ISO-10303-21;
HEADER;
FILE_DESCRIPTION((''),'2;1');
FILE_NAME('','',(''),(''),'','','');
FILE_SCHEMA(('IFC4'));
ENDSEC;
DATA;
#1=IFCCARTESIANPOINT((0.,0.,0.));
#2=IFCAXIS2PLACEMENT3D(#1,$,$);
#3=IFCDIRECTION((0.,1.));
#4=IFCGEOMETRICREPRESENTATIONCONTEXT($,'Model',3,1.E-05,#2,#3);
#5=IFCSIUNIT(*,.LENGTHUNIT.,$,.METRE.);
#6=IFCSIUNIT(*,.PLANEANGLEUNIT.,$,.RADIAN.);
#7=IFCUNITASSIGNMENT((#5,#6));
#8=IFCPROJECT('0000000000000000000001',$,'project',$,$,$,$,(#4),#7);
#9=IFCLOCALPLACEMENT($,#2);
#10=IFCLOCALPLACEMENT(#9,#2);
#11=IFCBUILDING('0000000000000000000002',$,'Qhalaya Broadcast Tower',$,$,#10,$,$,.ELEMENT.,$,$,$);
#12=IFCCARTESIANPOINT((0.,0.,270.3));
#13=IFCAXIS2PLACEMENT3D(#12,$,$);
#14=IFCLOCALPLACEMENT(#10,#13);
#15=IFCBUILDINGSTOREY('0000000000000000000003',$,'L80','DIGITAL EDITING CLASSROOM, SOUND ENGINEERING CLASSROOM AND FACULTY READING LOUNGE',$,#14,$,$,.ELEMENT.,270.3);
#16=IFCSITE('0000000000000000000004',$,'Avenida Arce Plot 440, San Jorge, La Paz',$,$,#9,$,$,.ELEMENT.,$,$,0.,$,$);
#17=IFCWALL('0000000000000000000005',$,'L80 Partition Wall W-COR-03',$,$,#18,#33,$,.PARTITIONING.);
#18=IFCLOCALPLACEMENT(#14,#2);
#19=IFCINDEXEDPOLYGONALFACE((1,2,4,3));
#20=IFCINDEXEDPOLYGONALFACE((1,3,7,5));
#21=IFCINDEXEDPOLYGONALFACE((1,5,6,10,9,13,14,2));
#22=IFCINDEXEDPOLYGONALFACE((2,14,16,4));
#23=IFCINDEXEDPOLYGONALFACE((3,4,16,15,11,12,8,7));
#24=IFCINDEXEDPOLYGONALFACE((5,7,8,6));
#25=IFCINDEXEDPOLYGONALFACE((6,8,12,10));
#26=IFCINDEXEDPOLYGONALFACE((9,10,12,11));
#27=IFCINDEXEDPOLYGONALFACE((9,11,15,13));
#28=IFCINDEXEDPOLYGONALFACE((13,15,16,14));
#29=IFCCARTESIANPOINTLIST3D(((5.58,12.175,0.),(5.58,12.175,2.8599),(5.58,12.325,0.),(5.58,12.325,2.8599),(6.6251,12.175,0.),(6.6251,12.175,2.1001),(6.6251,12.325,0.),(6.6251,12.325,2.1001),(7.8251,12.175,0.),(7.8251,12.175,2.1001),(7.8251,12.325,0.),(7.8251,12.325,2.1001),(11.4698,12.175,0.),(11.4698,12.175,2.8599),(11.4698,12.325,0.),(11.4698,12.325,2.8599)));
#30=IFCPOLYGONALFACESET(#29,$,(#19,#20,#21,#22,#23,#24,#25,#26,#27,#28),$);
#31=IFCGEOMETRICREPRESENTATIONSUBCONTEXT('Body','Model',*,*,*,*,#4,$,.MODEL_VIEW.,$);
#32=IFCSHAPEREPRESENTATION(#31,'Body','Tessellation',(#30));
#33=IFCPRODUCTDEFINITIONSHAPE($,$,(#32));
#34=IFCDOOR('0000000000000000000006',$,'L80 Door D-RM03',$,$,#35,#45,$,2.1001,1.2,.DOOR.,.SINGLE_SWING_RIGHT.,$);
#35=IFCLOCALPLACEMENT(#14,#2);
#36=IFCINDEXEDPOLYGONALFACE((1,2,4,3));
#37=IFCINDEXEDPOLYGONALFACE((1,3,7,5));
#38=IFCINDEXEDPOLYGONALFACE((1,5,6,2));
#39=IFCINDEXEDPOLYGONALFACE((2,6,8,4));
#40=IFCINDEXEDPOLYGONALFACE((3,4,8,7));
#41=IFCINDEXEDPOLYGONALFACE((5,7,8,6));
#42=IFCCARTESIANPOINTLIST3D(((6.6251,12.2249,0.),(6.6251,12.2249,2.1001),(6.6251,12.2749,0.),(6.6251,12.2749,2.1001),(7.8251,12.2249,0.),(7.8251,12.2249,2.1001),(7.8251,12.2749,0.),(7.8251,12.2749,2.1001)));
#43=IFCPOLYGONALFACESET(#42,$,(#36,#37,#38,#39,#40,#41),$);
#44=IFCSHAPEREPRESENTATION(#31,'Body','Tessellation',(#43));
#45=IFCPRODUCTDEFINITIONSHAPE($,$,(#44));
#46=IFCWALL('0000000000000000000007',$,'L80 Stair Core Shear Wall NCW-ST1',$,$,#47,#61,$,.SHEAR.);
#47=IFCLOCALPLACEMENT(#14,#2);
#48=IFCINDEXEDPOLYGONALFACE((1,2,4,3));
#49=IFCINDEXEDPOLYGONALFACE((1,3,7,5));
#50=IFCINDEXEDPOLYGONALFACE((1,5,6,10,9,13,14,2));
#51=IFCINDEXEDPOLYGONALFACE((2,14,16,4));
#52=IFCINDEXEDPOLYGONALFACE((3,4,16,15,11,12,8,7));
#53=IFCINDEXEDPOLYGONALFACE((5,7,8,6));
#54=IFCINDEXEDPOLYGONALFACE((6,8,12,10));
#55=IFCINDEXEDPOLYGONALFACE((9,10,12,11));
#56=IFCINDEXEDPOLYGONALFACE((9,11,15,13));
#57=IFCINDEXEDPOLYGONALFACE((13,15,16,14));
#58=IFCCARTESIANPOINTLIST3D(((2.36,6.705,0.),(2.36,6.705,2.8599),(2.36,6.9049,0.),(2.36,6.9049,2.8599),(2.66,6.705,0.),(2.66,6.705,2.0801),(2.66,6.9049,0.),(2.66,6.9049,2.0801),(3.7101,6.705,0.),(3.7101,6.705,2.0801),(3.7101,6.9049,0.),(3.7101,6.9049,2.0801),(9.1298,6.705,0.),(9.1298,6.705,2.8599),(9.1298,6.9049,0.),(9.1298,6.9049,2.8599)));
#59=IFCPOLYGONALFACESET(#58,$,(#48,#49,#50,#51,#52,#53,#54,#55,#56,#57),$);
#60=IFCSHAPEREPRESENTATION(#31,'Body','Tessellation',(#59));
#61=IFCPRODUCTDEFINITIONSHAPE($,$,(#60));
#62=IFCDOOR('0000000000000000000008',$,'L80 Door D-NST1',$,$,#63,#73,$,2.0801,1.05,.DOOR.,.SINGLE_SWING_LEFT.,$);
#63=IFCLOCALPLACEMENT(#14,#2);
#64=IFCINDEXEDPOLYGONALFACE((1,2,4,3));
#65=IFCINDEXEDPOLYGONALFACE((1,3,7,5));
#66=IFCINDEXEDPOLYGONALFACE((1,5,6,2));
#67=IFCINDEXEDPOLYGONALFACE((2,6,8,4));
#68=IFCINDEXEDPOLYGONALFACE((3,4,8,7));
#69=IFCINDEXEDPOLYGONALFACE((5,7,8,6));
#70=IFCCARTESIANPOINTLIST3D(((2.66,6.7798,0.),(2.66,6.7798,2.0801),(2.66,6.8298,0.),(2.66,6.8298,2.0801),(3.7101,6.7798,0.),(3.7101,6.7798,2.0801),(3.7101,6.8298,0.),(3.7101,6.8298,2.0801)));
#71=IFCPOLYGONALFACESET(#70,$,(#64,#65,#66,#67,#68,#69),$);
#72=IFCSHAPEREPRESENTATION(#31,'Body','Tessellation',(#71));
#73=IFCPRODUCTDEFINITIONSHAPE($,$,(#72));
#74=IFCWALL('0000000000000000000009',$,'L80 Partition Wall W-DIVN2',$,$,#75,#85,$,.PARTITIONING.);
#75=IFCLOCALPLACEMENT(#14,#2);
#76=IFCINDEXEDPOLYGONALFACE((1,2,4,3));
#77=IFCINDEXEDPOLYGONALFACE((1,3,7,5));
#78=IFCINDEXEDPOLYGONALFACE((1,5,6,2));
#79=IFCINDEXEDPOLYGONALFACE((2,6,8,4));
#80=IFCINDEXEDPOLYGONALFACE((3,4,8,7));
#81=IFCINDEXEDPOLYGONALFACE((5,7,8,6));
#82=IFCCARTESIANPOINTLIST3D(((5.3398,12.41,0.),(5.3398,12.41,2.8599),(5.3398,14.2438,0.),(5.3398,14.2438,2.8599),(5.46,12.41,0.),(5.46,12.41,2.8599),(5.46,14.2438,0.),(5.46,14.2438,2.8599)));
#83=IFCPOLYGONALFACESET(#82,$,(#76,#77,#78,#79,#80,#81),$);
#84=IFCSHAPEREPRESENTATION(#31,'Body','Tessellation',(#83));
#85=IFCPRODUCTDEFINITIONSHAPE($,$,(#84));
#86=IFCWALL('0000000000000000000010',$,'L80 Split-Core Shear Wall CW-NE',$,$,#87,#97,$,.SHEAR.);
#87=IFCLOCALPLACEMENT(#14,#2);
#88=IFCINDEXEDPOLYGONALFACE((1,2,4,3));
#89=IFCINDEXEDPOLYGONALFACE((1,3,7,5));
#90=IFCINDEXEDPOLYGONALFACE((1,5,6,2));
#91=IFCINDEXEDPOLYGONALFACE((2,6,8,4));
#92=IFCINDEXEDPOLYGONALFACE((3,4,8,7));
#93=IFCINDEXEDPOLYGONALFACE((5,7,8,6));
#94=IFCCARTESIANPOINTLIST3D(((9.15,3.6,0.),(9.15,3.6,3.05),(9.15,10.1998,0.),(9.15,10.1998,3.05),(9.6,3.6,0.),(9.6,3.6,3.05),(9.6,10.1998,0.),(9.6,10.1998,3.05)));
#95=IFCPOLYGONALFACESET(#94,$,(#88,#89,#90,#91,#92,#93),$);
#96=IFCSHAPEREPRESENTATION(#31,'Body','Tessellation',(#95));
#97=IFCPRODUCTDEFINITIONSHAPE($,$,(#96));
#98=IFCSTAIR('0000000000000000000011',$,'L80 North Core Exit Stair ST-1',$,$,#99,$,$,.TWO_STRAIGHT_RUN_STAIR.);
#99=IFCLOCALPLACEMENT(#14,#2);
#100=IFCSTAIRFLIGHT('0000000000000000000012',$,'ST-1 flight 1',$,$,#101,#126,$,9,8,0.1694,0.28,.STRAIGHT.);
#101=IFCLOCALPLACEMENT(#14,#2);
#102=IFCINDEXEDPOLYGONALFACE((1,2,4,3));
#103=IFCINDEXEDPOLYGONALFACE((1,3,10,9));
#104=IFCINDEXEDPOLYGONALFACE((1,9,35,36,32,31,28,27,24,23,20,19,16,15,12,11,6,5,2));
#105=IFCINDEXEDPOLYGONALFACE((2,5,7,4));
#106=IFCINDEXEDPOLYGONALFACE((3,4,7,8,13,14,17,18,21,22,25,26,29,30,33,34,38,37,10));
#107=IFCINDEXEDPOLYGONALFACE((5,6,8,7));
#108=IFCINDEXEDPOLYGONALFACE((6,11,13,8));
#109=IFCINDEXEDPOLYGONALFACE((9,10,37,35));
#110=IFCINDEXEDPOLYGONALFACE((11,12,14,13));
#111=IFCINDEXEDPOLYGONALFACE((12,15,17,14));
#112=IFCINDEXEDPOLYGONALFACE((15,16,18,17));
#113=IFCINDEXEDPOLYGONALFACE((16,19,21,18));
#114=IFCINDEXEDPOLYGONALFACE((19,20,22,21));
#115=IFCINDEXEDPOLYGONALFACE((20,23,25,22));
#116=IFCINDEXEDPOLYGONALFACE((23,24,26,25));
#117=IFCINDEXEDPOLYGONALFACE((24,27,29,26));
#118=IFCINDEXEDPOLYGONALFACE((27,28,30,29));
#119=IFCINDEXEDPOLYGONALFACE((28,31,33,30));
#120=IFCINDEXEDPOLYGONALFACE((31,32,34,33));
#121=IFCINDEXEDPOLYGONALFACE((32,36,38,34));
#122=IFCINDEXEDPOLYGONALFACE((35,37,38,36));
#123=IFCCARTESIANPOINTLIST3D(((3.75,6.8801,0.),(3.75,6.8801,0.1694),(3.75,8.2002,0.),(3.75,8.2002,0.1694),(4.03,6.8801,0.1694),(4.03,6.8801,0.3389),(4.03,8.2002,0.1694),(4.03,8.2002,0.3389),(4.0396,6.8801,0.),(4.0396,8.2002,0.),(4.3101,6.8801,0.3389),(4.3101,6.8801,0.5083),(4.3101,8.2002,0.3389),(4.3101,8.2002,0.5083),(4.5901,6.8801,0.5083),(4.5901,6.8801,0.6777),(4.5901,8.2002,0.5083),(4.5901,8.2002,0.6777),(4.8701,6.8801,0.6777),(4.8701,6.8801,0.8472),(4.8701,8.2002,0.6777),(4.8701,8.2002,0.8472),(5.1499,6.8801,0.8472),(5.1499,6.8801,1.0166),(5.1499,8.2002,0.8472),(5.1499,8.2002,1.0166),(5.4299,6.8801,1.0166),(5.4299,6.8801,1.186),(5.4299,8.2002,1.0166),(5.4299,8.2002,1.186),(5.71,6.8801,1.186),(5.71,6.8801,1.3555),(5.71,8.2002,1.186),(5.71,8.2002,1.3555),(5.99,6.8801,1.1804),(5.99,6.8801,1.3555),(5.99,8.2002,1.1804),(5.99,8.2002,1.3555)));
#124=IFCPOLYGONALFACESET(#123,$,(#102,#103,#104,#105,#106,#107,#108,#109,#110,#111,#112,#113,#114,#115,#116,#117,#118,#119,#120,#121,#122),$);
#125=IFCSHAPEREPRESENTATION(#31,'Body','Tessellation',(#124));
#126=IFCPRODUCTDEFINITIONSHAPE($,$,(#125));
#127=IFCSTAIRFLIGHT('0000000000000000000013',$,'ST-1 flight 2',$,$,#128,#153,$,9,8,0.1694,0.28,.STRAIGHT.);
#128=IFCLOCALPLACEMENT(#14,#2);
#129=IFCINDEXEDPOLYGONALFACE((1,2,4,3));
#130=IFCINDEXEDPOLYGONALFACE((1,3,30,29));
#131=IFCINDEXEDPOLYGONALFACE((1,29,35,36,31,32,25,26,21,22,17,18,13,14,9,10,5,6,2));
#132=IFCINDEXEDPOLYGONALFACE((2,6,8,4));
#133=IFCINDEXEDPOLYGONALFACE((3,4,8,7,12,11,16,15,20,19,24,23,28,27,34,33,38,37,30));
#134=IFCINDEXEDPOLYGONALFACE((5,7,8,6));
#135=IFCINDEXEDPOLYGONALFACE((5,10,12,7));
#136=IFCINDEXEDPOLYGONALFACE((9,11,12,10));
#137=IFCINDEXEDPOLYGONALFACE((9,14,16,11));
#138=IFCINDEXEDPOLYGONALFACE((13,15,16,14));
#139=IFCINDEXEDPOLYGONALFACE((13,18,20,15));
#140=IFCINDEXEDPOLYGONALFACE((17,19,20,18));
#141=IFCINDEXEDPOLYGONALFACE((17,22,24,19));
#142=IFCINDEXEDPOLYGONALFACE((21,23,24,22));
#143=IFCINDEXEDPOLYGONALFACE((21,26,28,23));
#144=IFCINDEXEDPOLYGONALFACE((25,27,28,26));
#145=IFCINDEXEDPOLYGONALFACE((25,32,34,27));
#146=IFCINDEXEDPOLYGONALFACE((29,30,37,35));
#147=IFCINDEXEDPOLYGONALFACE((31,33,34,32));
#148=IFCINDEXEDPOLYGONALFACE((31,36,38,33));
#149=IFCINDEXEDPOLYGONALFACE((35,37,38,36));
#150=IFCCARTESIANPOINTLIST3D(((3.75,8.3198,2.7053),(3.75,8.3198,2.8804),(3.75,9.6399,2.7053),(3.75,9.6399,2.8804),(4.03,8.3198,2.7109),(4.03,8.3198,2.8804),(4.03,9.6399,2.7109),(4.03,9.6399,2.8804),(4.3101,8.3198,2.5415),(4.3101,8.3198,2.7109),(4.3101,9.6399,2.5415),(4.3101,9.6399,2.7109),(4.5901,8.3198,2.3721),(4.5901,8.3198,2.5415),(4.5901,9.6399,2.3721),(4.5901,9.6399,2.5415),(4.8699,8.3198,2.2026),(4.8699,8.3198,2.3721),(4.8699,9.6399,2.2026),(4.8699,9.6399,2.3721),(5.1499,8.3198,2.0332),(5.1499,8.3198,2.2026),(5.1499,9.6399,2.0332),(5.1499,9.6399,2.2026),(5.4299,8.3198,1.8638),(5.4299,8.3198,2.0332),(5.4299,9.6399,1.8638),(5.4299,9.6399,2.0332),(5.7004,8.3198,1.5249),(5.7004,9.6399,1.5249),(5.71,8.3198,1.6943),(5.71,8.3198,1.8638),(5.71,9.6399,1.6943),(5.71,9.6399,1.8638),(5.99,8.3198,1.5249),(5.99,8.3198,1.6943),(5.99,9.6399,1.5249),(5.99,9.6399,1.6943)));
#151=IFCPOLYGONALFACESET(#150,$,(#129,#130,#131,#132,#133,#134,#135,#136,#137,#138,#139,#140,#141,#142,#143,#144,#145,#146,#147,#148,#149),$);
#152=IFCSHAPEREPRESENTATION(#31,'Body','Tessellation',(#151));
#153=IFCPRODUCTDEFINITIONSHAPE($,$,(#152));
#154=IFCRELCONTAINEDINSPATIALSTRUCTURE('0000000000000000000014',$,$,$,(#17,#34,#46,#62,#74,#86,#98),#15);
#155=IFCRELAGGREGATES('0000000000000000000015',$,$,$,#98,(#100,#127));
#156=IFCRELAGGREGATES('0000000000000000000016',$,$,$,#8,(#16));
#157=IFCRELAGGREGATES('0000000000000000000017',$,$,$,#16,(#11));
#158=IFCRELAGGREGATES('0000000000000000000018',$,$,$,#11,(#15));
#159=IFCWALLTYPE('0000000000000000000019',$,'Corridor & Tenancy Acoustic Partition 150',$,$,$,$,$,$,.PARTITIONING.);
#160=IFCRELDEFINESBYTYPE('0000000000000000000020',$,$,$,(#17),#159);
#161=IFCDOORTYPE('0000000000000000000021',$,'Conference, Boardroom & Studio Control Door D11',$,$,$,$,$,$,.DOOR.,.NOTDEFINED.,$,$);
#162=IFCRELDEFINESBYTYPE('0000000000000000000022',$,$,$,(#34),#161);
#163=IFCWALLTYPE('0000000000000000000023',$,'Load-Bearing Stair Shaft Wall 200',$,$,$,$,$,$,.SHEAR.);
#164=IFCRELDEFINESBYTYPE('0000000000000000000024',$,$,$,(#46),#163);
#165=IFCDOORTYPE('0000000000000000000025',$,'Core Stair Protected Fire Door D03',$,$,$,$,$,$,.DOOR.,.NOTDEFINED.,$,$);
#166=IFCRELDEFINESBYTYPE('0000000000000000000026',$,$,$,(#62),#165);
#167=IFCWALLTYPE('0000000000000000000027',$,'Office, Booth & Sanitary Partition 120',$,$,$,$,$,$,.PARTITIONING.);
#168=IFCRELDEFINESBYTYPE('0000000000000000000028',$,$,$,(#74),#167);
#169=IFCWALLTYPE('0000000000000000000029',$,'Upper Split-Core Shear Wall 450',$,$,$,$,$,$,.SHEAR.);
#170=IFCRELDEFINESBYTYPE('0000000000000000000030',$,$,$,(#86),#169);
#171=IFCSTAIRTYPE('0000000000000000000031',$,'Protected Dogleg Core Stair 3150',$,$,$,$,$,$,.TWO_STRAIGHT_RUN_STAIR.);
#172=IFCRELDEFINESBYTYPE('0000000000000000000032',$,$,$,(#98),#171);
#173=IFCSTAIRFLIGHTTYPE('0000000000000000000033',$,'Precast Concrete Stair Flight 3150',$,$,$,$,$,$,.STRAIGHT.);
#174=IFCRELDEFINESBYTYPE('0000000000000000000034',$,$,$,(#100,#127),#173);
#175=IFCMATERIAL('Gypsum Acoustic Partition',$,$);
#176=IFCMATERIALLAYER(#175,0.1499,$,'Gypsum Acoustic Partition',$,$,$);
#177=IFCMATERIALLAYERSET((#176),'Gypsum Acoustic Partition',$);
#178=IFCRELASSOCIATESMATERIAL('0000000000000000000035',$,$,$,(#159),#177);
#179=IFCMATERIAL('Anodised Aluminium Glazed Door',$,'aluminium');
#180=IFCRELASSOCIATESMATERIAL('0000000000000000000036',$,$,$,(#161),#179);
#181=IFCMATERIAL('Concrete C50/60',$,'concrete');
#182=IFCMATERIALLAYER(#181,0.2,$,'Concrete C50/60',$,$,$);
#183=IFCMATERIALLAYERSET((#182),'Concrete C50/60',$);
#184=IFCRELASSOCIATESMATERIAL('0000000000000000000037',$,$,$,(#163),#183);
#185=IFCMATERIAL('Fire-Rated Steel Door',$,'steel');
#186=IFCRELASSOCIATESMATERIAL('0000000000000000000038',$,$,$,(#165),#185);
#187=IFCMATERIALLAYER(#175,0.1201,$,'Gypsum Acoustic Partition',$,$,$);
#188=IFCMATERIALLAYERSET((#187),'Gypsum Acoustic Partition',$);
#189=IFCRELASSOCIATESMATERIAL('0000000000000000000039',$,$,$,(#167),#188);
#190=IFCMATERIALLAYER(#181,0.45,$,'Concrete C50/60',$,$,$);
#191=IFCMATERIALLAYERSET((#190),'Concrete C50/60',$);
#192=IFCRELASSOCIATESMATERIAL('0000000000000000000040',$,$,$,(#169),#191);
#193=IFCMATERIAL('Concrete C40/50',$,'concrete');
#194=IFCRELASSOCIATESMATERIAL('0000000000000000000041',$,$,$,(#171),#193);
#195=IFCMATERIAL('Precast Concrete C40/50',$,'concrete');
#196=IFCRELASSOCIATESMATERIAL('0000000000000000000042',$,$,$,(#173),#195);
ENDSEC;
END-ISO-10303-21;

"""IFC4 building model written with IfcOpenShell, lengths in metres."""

from ifc_helpers import new_model, si_unit, direction, frame, frame_2d, origin, place, context, subcontext, project, spatial, polyline, rectangle, outline, extrude, material, layer, layer_set, type_object, element, fill, aggregate, save


model = new_model("IFC4")

# Units and contexts
model_context = context("Model", 3, precision=1e-05, world=origin(), true_north=direction((0.0, 1.0)))
body_context = subcontext(model_context, "Body", "Model", "MODEL_VIEW")
ifc_project = project(units=[si_unit("LENGTHUNIT", "METRE"), si_unit("PLANEANGLEUNIT", "RADIAN")], contexts=[model_context])

# Site, building, storey
site_placement = place(None, origin())
site = spatial("IfcSite", under=ifc_project, at=site_placement, Name="Avenida Arce Plot 440, San Jorge, La Paz", CompositionType="ELEMENT", RefElevation=0.0)
building_placement = place(site_placement, origin())
building = spatial("IfcBuilding", under=site, at=building_placement, Name="Qhalaya Broadcast Tower", CompositionType="ELEMENT")
storey_placement = place(building_placement, frame((0.0, 0.0, 270.3)))
storey = spatial("IfcBuildingStorey", under=building, at=storey_placement, Name="L80", Description="DIGITAL EDITING CLASSROOM, SOUND ENGINEERING CLASSROOM AND FACULTY READING LOUNGE", CompositionType="ELEMENT", Elevation=270.3)

# Shared definitions
ifc_material_1 = material(Name="Concrete C50/60", Category="concrete")

# Walls, openings, doors
ifc_material_2 = material(Name="Gypsum Acoustic Partition")
ifc_layer_1 = layer(ifc_material_2, 0.1499, Name="Gypsum Acoustic Partition")
ifc_layer_set_1 = layer_set([ifc_layer_1], Name="Gypsum Acoustic Partition")
wall_type_1 = type_object("IfcWallType", Name="Corridor & Tenancy Acoustic Partition 150", PredefinedType="PARTITIONING", material=ifc_layer_set_1)
wall_1_placement = place(storey_placement, frame((5.5801, 12.25, 0.0), z_axis=(0.0, 0.0, 1.0), x_axis=(1.0, 0.0, 0.0)))
wall_1 = element("IfcWall", 1, at=wall_1_placement, inside=storey, type_object=wall_type_1, Name="L80 Partition Wall W-COR-03", PredefinedType="PARTITIONING", context=body_context, shape_type="SweptSolid", body=[
    extrude(rectangle(XDim=5.8899, YDim=0.1499, at=frame_2d((2.9448, 0.0))), origin(), (0.0, 0.0, 1.0), 2.8599),
])
opening_1_placement = place(wall_1_placement, frame((1.0449, 0.0, 0.0)))
opening_1 = element("IfcOpeningElement", 2, at=opening_1_placement, cuts=wall_1, PredefinedType="OPENING", context=body_context, shape_type="SweptSolid", body=[
    extrude(rectangle(XDim=1.2, YDim=2.1001, at=frame_2d((0.6001, 1.05))), frame((0.0, 0.0869, 0.0), z_axis=(0.0, -1.0, 0.0), x_axis=(1.0, 0.0, 0.0)), (0.0, 0.0, 1.0), 0.1738),
])
ifc_material_3 = material(Name="Anodised Aluminium Glazed Door", Category="aluminium")
door_type_1 = type_object("IfcDoorType", Name="Conference, Boardroom & Studio Control Door D11", OperationType="NOTDEFINED", PredefinedType="DOOR", material=ifc_material_3)
door_1_placement = place(opening_1_placement, origin())
door_1 = element("IfcDoor", 3, at=door_1_placement, inside=storey, type_object=door_type_1, Name="L80 Door D-RM03", OperationType="SINGLE_SWING_RIGHT", OverallHeight=2.1001, OverallWidth=1.2, PredefinedType="DOOR", context=body_context, shape_type="SweptSolid", body=[
    extrude(rectangle(XDim=1.2, YDim=2.1001, at=frame_2d((0.6001, 1.05))), frame((0.0, 0.0249, 0.0), z_axis=(0.0, -1.0, 0.0), x_axis=(1.0, 0.0, 0.0)), (0.0, 0.0, 1.0), 0.05),
])
fill(opening_1, door_1)
ifc_layer_2 = layer(ifc_material_1, 0.2, Name="Concrete C50/60")
ifc_layer_set_2 = layer_set([ifc_layer_2], Name="Concrete C50/60")
wall_type_2 = type_object("IfcWallType", Name="Load-Bearing Stair Shaft Wall 200", PredefinedType="SHEAR", material=ifc_layer_set_2)
wall_2_placement = place(storey_placement, frame((2.3601, 6.8049, 0.0), z_axis=(0.0, 0.0, 1.0), x_axis=(1.0, 0.0, 0.0)))
wall_2 = element("IfcWall", 4, at=wall_2_placement, inside=storey, type_object=wall_type_2, Name="L80 Stair Core Shear Wall NCW-ST1", PredefinedType="SHEAR", context=body_context, shape_type="SweptSolid", body=[
    extrude(rectangle(XDim=6.7698, YDim=0.2, at=frame_2d((3.3848, 0.0))), origin(), (0.0, 0.0, 1.0), 2.8599),
])
opening_2_placement = place(wall_2_placement, frame((0.3, 0.0, 0.0)))
opening_2 = element("IfcOpeningElement", 5, at=opening_2_placement, cuts=wall_2, PredefinedType="OPENING", context=body_context, shape_type="SweptSolid", body=[
    extrude(rectangle(XDim=1.05, YDim=2.0801, at=frame_2d((0.5249, 1.04))), frame((0.0, 0.1121, 0.0), z_axis=(0.0, -1.0, 0.0), x_axis=(1.0, 0.0, 0.0)), (0.0, 0.0, 1.0), 0.2239),
])
ifc_material_4 = material(Name="Fire-Rated Steel Door", Category="steel")
door_type_2 = type_object("IfcDoorType", Name="Core Stair Protected Fire Door D03", OperationType="NOTDEFINED", PredefinedType="DOOR", material=ifc_material_4)
door_2_placement = place(opening_2_placement, origin())
door_2 = element("IfcDoor", 6, at=door_2_placement, inside=storey, type_object=door_type_2, Name="L80 Door D-NST1", OperationType="SINGLE_SWING_LEFT", OverallHeight=2.0801, OverallWidth=1.05, PredefinedType="DOOR", context=body_context, shape_type="SweptSolid", body=[
    extrude(rectangle(XDim=1.05, YDim=2.0801, at=frame_2d((0.5249, 1.04))), frame((0.0, 0.0249, 0.0), z_axis=(0.0, -1.0, 0.0), x_axis=(1.0, 0.0, 0.0)), (0.0, 0.0, 1.0), 0.05),
])
fill(opening_2, door_2)

# Walls
ifc_layer_3 = layer(ifc_material_2, 0.1201, Name="Gypsum Acoustic Partition")
ifc_layer_set_3 = layer_set([ifc_layer_3], Name="Gypsum Acoustic Partition")
wall_type_3 = type_object("IfcWallType", Name="Office, Booth & Sanitary Partition 120", PredefinedType="PARTITIONING", material=ifc_layer_set_3)
wall_3_placement = place(storey_placement, frame((5.3999, 12.4099, 0.0), z_axis=(0.0, 0.0, 1.0), x_axis=(0.0, 1.0, 0.0)))
element("IfcWall", 7, at=wall_3_placement, inside=storey, type_object=wall_type_3, Name="L80 Partition Wall W-DIVN2", PredefinedType="PARTITIONING", context=body_context, shape_type="SweptSolid", body=[
    extrude(rectangle(XDim=1.8337, YDim=0.1201, at=frame_2d((0.917, 0.0))), origin(), (0.0, 0.0, 1.0), 2.8599),
])
ifc_layer_4 = layer(ifc_material_1, 0.45, Name="Concrete C50/60")
ifc_layer_set_4 = layer_set([ifc_layer_4], Name="Concrete C50/60")
wall_type_4 = type_object("IfcWallType", Name="Upper Split-Core Shear Wall 450", PredefinedType="SHEAR", material=ifc_layer_set_4)
wall_4_placement = place(storey_placement, frame((9.375, 3.6001, 0.0), z_axis=(0.0, 0.0, 1.0), x_axis=(0.0, 1.0, 0.0)))
element("IfcWall", 8, at=wall_4_placement, inside=storey, type_object=wall_type_4, Name="L80 Split-Core Shear Wall CW-NE", PredefinedType="SHEAR", context=body_context, shape_type="SweptSolid", body=[
    extrude(rectangle(XDim=6.5999, YDim=0.45, at=frame_2d((3.2998, 0.0))), origin(), (0.0, 0.0, 1.0), 3.05),
])

# Stair, stair flights
ifc_material_5 = material(Name="Concrete C40/50", Category="concrete")
stair_type = type_object("IfcStairType", Name="Protected Dogleg Core Stair 3150", PredefinedType="TWO_STRAIGHT_RUN_STAIR", material=ifc_material_5)
stair_placement = place(storey_placement, origin())
stair = element("IfcStair", 9, at=stair_placement, inside=storey, type_object=stair_type, Name="L80 North Core Exit Stair ST-1", PredefinedType="TWO_STRAIGHT_RUN_STAIR")
ifc_material_6 = material(Name="Precast Concrete C40/50", Category="concrete")
stair_flight_type = type_object("IfcStairFlightType", Name="Precast Concrete Stair Flight 3150", PredefinedType="STRAIGHT", material=ifc_material_6)
stair_flight_1_placement = place(storey_placement, frame((3.75, 7.54, 0.0), z_axis=(0.0, 0.0, 1.0), x_axis=(1.0, 0.0, 0.0)))
stair_flight_1 = element("IfcStairFlight", 10, at=stair_flight_1_placement, type_object=stair_flight_type, Name="ST-1 flight 1", NumberOfRisers=9, NumberOfTreads=8, PredefinedType="STRAIGHT", RiserHeight=0.1694, TreadLength=0.28, context=body_context, shape_type="SweptSolid", body=[
    extrude(outline(polyline([(0.0, 0.0), (0.0, 0.1694), (0.28, 0.1694), (0.28, 0.3389), (0.5601, 0.3389), (0.5601, 0.5083), (0.8401, 0.5083), (0.8401, 0.6777), (1.1201, 0.6777), (1.1201, 0.8472), (1.3999, 0.8472), (1.3999, 1.0166), (1.6799, 1.0166), (1.6799, 1.186), (1.96, 1.186), (1.96, 1.3555), (2.24, 1.3555), (2.24, 1.5249), (2.24, 1.1804), (0.2896, 0.0), (0.0, 0.0)])), frame((0.0, 0.6602, 0.0), z_axis=(0.0, -1.0, 0.0), x_axis=(1.0, 0.0, 0.0)), (0.0, 0.0, 1.0), 1.3201),
])
stair_flight_2_placement = place(storey_placement, frame((5.99, 8.98, 1.5249), z_axis=(0.0, 0.0, 1.0), x_axis=(-1.0, 0.0, 0.0)))
stair_flight_2 = element("IfcStairFlight", 11, at=stair_flight_2_placement, type_object=stair_flight_type, Name="ST-1 flight 2", NumberOfRisers=9, NumberOfTreads=8, PredefinedType="STRAIGHT", RiserHeight=0.1694, TreadLength=0.28, context=body_context, shape_type="SweptSolid", body=[
    extrude(outline(polyline([(0.0, 0.0), (0.0, 0.1694), (0.28, 0.1694), (0.28, 0.3389), (0.5601, 0.3389), (0.5601, 0.5083), (0.8401, 0.5083), (0.8401, 0.6777), (1.1201, 0.6777), (1.1201, 0.8472), (1.3999, 0.8472), (1.3999, 1.0166), (1.6799, 1.0166), (1.6799, 1.186), (1.96, 1.186), (1.96, 1.3555), (2.24, 1.3555), (2.24, 1.5249), (2.24, 1.1804), (0.2896, 0.0), (0.0, 0.0)])), frame((0.0, 0.6602, 0.0), z_axis=(0.0, -1.0, 0.0), x_axis=(1.0, 0.0, 0.0)), (0.0, 0.0, 1.0), 1.3201),
])
aggregate(stair, [stair_flight_1, stair_flight_2])

save(model, "model.ifc")
